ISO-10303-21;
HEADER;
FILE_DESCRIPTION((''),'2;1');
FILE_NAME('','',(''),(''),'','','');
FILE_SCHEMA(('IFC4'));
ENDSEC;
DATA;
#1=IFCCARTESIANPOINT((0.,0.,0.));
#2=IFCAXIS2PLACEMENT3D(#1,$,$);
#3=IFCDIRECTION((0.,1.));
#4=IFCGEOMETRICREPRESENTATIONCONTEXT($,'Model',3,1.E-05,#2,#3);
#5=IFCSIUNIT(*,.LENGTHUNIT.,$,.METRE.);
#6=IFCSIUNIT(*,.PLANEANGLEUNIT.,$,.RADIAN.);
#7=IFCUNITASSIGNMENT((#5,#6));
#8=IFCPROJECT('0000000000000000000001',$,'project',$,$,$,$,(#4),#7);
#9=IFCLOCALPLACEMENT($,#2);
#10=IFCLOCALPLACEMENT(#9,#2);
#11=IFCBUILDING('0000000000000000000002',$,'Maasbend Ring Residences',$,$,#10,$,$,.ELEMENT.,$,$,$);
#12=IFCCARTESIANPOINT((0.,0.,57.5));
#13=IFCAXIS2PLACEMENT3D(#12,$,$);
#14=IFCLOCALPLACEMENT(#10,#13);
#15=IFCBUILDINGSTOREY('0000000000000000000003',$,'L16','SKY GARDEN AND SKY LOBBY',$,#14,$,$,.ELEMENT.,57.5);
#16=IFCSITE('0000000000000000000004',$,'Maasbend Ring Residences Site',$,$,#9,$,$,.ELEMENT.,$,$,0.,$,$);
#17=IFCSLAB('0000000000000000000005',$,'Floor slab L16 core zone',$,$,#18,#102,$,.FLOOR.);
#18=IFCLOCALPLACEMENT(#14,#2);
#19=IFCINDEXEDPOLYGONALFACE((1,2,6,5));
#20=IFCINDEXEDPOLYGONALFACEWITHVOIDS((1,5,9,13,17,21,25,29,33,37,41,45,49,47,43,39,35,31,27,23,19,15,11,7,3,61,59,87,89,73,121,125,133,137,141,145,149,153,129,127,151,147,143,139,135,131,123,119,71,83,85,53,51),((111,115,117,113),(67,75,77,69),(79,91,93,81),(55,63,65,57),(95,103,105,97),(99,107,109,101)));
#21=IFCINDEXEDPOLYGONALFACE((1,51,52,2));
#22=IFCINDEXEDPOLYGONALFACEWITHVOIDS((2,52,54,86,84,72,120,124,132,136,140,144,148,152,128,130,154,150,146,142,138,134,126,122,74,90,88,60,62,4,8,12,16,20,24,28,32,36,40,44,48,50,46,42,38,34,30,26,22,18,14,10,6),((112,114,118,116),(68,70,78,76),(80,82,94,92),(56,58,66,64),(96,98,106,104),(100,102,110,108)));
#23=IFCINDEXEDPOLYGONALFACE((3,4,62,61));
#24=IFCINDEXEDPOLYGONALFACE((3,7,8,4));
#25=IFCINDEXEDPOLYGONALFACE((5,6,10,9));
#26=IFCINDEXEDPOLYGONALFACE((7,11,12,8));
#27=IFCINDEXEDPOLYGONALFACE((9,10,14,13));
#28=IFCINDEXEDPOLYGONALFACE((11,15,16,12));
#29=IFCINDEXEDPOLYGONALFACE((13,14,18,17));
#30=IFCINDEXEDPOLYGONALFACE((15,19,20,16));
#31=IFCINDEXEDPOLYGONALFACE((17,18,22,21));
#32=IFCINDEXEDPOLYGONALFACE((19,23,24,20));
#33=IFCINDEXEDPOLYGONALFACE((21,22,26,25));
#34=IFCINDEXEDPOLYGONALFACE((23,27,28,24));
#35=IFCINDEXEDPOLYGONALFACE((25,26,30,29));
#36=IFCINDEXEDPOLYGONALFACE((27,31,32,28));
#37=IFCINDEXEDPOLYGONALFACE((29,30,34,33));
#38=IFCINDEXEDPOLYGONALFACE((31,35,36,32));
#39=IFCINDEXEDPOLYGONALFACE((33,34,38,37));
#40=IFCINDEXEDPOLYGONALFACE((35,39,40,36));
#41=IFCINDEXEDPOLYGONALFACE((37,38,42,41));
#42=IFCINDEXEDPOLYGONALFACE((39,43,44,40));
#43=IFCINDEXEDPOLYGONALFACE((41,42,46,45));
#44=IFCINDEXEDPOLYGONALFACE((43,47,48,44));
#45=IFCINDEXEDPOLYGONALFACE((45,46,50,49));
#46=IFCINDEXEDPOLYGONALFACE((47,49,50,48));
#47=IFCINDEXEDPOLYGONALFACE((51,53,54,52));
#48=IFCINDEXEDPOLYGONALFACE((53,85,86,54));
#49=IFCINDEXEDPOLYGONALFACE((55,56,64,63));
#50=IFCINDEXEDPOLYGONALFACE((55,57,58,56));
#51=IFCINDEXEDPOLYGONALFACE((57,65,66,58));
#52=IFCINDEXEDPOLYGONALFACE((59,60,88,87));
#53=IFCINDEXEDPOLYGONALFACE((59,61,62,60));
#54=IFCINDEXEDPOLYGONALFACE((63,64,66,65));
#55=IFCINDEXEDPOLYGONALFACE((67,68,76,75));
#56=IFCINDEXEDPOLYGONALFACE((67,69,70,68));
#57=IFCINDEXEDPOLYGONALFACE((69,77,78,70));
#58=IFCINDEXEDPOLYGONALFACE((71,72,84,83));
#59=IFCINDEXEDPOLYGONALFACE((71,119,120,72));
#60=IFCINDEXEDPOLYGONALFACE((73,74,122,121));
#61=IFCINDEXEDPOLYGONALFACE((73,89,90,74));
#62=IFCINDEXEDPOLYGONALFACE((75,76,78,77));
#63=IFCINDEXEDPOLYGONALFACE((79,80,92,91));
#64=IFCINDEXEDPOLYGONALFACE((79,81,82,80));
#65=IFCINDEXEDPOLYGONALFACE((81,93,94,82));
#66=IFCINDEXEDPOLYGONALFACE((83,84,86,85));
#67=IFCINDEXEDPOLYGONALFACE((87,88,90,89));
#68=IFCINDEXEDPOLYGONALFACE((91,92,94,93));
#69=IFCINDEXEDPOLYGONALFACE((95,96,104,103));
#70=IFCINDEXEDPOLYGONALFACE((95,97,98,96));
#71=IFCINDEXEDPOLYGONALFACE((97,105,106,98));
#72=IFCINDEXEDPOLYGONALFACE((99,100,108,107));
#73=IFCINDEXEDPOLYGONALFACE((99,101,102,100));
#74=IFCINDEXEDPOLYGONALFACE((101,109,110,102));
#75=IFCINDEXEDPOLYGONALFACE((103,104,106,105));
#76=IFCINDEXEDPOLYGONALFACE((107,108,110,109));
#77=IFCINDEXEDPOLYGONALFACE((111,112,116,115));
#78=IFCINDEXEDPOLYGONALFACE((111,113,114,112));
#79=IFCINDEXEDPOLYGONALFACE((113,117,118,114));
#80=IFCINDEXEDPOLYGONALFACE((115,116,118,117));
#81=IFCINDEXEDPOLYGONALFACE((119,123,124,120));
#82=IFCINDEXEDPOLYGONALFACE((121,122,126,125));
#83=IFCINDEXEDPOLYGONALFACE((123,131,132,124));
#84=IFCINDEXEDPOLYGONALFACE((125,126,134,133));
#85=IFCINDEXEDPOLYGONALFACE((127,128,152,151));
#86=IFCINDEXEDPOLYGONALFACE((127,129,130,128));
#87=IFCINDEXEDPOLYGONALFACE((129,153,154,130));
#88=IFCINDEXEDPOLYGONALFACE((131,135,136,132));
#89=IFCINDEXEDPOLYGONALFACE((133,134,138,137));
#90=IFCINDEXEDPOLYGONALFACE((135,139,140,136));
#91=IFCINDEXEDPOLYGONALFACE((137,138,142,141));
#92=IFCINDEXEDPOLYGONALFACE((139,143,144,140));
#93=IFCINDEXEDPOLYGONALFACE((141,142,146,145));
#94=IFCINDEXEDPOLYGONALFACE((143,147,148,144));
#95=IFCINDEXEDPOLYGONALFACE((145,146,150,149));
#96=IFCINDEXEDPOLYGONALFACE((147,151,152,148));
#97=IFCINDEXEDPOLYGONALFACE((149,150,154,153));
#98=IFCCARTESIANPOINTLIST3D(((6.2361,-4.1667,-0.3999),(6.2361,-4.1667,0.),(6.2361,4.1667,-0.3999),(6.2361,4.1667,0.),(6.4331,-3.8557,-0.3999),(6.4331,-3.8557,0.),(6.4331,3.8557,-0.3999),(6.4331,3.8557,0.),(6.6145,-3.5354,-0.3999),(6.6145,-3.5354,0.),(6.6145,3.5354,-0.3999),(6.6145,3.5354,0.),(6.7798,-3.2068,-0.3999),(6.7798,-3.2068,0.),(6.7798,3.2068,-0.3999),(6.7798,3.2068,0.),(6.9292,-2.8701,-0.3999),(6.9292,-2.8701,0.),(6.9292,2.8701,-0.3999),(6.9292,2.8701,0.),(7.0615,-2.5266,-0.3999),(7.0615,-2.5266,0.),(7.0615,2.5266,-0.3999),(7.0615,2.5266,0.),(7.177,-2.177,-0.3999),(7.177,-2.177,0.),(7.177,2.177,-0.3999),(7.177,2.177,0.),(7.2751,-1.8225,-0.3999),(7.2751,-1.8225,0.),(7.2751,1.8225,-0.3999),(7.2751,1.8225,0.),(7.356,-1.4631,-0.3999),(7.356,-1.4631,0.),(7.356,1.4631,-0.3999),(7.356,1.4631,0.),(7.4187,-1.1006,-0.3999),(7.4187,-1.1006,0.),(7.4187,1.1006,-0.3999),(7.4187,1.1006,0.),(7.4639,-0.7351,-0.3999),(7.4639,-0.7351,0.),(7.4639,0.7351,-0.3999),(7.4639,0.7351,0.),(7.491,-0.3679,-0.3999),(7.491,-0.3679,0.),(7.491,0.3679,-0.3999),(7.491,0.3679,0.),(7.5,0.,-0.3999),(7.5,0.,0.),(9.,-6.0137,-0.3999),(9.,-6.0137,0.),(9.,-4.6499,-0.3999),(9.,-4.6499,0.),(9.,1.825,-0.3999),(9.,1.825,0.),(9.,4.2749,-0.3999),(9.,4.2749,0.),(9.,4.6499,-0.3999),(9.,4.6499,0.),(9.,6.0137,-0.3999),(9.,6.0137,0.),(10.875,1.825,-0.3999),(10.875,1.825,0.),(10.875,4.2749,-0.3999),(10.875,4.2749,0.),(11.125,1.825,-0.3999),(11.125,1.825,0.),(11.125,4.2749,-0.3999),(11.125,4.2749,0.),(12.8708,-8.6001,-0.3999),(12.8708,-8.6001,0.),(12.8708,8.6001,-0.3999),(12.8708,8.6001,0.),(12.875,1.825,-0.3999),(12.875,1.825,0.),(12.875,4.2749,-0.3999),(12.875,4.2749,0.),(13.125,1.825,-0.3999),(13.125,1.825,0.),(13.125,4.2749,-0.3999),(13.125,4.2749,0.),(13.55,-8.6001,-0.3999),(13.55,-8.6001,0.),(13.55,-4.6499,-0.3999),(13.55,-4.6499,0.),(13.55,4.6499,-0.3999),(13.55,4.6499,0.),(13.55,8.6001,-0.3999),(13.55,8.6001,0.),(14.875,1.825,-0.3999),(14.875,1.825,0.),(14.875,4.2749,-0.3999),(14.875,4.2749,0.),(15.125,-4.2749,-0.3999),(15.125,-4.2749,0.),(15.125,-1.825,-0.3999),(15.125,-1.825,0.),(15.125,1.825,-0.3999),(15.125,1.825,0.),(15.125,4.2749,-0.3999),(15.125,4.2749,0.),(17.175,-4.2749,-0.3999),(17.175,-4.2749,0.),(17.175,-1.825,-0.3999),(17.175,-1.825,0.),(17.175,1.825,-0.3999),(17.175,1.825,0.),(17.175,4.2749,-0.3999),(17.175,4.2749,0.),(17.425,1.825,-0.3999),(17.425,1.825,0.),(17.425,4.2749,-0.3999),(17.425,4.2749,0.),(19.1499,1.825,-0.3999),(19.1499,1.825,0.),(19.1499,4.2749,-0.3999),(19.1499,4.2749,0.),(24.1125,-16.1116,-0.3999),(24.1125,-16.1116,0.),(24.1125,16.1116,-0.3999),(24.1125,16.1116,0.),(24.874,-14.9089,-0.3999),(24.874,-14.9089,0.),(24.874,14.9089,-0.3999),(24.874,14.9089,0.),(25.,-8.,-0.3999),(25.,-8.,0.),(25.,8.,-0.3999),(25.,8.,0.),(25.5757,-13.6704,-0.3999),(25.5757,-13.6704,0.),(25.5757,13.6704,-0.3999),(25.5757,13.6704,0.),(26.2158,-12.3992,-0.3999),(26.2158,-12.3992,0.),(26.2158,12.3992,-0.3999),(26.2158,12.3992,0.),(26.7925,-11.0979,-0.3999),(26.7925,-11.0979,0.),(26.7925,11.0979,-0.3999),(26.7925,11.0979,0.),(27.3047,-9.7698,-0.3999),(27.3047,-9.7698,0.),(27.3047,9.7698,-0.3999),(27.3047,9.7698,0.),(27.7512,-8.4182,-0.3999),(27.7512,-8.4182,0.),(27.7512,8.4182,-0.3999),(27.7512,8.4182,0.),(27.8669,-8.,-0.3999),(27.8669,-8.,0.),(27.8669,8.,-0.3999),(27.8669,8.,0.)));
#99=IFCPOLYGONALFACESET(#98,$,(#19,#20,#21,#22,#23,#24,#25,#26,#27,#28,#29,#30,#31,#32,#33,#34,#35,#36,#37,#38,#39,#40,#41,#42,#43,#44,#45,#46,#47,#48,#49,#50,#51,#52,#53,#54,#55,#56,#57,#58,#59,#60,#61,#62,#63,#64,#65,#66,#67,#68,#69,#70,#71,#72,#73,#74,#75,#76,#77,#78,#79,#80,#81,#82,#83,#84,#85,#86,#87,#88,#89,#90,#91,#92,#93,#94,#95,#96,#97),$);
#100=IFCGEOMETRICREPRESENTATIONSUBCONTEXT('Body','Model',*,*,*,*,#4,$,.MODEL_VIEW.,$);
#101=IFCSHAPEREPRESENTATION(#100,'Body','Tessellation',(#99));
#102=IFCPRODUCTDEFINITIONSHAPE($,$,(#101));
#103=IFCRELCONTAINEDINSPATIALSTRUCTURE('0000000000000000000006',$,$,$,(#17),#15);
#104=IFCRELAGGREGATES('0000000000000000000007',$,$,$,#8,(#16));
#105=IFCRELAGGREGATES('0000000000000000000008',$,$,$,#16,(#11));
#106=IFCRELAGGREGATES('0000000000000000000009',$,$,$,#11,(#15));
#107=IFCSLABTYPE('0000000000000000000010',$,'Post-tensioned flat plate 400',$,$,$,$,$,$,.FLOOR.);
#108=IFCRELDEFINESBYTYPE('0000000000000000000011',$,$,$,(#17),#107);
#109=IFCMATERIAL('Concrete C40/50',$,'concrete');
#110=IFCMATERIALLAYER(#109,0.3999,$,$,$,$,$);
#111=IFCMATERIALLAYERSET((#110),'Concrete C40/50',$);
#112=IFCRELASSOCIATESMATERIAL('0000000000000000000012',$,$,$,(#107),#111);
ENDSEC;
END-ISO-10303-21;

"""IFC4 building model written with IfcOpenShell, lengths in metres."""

from ifc_helpers import new_model, si_unit, direction, frame, origin, place, context, subcontext, project, spatial, polyline, outline, extrude, material, layer, layer_set, type_object, element, save


model = new_model("IFC4")

# Units and contexts
model_context = context("Model", 3, precision=1e-05, world=origin(), true_north=direction((0.0, 1.0)))
body_context = subcontext(model_context, "Body", "Model", "MODEL_VIEW")
ifc_project = project(units=[si_unit("LENGTHUNIT", "METRE"), si_unit("PLANEANGLEUNIT", "RADIAN")], contexts=[model_context])

# Site, building, storey
site_placement = place(None, origin())
site = spatial("IfcSite", under=ifc_project, at=site_placement, Name="Maasbend Ring Residences Site", CompositionType="ELEMENT", RefElevation=0.0)
building_placement = place(site_placement, origin())
building = spatial("IfcBuilding", under=site, at=building_placement, Name="Maasbend Ring Residences", CompositionType="ELEMENT")
storey_placement = place(building_placement, frame((0.0, 0.0, 57.5)))
storey = spatial("IfcBuildingStorey", under=building, at=storey_placement, Name="L16", Description="SKY GARDEN AND SKY LOBBY", CompositionType="ELEMENT", Elevation=57.5)

# Slab
ifc_material_1 = material(Name="Concrete C40/50", Category="concrete")
ifc_layer_1 = layer(ifc_material_1, 0.3999)
ifc_layer_set_1 = layer_set([ifc_layer_1], Name="Concrete C40/50")
slab_type_1 = type_object("IfcSlabType", Name="Post-tensioned flat plate 400", PredefinedType="FLOOR", material=ifc_layer_set_1)
slab_1_placement = place(storey_placement, frame((0.0, 0.0, -0.3999)))
element("IfcSlab", 1, at=slab_1_placement, inside=storey, type_object=slab_type_1, Name="Floor slab L16 core zone", PredefinedType="FLOOR", context=body_context, shape_type="SweptSolid", body=[
    extrude(outline(polyline([(26.2158, -12.3992), (26.7925, -11.0979), (27.3047, -9.7698), (27.7512, -8.4182), (27.8669, -8.0), (25.0, -8.0), (25.0, 8.0), (27.8669, 8.0), (27.7512, 8.4182), (27.3047, 9.7698), (26.7925, 11.0979), (26.2158, 12.3992), (25.5757, 13.6704), (24.874, 14.9089), (24.1125, 16.1116), (12.8708, 8.6001), (13.55, 8.6001), (13.55, 4.6499), (9.0, 4.6499), (9.0, 6.0137), (6.2361, 4.1667), (6.4331, 3.8557), (6.6145, 3.5354), (6.7798, 3.2068), (6.9292, 2.8701), (7.0615, 2.5266), (7.177, 2.177), (7.2751, 1.8225), (7.356, 1.4631), (7.4187, 1.1006), (7.4639, 0.7351), (7.491, 0.3679), (7.5, 0.0), (7.491, -0.3679), (7.4639, -0.7351), (7.4187, -1.1006), (7.356, -1.4631), (7.2751, -1.8225), (7.177, -2.177), (7.0615, -2.5266), (6.9292, -2.8701), (6.7798, -3.2068), (6.6145, -3.5354), (6.4331, -3.8557), (6.2361, -4.1667), (9.0, -6.0137), (9.0, -4.6499), (13.55, -4.6499), (13.55, -8.6001), (12.8708, -8.6001), (24.1125, -16.1116), (24.874, -14.9089), (25.5757, -13.6704), (26.2158, -12.3992)]), holes=[polyline([(17.425, 1.825), (17.425, 4.2749), (19.1499, 4.2749), (19.1499, 1.825), (17.425, 1.825)]), polyline([(17.175, -4.2749), (15.125, -4.2749), (15.125, -1.825), (17.175, -1.825), (17.175, -4.2749)]), polyline([(17.175, 1.825), (15.125, 1.825), (15.125, 4.2749), (17.175, 4.2749), (17.175, 1.825)]), polyline([(14.875, 1.825), (13.125, 1.825), (13.125, 4.2749), (14.875, 4.2749), (14.875, 1.825)]), polyline([(12.875, 1.825), (11.125, 1.825), (11.125, 4.2749), (12.875, 4.2749), (12.875, 1.825)]), polyline([(10.875, 1.825), (9.0, 1.825), (9.0, 4.2749), (10.875, 4.2749), (10.875, 1.825)])]), origin(), (0.0, 0.0, 1.0), 0.3999),
])

save(model, "model.ifc")
